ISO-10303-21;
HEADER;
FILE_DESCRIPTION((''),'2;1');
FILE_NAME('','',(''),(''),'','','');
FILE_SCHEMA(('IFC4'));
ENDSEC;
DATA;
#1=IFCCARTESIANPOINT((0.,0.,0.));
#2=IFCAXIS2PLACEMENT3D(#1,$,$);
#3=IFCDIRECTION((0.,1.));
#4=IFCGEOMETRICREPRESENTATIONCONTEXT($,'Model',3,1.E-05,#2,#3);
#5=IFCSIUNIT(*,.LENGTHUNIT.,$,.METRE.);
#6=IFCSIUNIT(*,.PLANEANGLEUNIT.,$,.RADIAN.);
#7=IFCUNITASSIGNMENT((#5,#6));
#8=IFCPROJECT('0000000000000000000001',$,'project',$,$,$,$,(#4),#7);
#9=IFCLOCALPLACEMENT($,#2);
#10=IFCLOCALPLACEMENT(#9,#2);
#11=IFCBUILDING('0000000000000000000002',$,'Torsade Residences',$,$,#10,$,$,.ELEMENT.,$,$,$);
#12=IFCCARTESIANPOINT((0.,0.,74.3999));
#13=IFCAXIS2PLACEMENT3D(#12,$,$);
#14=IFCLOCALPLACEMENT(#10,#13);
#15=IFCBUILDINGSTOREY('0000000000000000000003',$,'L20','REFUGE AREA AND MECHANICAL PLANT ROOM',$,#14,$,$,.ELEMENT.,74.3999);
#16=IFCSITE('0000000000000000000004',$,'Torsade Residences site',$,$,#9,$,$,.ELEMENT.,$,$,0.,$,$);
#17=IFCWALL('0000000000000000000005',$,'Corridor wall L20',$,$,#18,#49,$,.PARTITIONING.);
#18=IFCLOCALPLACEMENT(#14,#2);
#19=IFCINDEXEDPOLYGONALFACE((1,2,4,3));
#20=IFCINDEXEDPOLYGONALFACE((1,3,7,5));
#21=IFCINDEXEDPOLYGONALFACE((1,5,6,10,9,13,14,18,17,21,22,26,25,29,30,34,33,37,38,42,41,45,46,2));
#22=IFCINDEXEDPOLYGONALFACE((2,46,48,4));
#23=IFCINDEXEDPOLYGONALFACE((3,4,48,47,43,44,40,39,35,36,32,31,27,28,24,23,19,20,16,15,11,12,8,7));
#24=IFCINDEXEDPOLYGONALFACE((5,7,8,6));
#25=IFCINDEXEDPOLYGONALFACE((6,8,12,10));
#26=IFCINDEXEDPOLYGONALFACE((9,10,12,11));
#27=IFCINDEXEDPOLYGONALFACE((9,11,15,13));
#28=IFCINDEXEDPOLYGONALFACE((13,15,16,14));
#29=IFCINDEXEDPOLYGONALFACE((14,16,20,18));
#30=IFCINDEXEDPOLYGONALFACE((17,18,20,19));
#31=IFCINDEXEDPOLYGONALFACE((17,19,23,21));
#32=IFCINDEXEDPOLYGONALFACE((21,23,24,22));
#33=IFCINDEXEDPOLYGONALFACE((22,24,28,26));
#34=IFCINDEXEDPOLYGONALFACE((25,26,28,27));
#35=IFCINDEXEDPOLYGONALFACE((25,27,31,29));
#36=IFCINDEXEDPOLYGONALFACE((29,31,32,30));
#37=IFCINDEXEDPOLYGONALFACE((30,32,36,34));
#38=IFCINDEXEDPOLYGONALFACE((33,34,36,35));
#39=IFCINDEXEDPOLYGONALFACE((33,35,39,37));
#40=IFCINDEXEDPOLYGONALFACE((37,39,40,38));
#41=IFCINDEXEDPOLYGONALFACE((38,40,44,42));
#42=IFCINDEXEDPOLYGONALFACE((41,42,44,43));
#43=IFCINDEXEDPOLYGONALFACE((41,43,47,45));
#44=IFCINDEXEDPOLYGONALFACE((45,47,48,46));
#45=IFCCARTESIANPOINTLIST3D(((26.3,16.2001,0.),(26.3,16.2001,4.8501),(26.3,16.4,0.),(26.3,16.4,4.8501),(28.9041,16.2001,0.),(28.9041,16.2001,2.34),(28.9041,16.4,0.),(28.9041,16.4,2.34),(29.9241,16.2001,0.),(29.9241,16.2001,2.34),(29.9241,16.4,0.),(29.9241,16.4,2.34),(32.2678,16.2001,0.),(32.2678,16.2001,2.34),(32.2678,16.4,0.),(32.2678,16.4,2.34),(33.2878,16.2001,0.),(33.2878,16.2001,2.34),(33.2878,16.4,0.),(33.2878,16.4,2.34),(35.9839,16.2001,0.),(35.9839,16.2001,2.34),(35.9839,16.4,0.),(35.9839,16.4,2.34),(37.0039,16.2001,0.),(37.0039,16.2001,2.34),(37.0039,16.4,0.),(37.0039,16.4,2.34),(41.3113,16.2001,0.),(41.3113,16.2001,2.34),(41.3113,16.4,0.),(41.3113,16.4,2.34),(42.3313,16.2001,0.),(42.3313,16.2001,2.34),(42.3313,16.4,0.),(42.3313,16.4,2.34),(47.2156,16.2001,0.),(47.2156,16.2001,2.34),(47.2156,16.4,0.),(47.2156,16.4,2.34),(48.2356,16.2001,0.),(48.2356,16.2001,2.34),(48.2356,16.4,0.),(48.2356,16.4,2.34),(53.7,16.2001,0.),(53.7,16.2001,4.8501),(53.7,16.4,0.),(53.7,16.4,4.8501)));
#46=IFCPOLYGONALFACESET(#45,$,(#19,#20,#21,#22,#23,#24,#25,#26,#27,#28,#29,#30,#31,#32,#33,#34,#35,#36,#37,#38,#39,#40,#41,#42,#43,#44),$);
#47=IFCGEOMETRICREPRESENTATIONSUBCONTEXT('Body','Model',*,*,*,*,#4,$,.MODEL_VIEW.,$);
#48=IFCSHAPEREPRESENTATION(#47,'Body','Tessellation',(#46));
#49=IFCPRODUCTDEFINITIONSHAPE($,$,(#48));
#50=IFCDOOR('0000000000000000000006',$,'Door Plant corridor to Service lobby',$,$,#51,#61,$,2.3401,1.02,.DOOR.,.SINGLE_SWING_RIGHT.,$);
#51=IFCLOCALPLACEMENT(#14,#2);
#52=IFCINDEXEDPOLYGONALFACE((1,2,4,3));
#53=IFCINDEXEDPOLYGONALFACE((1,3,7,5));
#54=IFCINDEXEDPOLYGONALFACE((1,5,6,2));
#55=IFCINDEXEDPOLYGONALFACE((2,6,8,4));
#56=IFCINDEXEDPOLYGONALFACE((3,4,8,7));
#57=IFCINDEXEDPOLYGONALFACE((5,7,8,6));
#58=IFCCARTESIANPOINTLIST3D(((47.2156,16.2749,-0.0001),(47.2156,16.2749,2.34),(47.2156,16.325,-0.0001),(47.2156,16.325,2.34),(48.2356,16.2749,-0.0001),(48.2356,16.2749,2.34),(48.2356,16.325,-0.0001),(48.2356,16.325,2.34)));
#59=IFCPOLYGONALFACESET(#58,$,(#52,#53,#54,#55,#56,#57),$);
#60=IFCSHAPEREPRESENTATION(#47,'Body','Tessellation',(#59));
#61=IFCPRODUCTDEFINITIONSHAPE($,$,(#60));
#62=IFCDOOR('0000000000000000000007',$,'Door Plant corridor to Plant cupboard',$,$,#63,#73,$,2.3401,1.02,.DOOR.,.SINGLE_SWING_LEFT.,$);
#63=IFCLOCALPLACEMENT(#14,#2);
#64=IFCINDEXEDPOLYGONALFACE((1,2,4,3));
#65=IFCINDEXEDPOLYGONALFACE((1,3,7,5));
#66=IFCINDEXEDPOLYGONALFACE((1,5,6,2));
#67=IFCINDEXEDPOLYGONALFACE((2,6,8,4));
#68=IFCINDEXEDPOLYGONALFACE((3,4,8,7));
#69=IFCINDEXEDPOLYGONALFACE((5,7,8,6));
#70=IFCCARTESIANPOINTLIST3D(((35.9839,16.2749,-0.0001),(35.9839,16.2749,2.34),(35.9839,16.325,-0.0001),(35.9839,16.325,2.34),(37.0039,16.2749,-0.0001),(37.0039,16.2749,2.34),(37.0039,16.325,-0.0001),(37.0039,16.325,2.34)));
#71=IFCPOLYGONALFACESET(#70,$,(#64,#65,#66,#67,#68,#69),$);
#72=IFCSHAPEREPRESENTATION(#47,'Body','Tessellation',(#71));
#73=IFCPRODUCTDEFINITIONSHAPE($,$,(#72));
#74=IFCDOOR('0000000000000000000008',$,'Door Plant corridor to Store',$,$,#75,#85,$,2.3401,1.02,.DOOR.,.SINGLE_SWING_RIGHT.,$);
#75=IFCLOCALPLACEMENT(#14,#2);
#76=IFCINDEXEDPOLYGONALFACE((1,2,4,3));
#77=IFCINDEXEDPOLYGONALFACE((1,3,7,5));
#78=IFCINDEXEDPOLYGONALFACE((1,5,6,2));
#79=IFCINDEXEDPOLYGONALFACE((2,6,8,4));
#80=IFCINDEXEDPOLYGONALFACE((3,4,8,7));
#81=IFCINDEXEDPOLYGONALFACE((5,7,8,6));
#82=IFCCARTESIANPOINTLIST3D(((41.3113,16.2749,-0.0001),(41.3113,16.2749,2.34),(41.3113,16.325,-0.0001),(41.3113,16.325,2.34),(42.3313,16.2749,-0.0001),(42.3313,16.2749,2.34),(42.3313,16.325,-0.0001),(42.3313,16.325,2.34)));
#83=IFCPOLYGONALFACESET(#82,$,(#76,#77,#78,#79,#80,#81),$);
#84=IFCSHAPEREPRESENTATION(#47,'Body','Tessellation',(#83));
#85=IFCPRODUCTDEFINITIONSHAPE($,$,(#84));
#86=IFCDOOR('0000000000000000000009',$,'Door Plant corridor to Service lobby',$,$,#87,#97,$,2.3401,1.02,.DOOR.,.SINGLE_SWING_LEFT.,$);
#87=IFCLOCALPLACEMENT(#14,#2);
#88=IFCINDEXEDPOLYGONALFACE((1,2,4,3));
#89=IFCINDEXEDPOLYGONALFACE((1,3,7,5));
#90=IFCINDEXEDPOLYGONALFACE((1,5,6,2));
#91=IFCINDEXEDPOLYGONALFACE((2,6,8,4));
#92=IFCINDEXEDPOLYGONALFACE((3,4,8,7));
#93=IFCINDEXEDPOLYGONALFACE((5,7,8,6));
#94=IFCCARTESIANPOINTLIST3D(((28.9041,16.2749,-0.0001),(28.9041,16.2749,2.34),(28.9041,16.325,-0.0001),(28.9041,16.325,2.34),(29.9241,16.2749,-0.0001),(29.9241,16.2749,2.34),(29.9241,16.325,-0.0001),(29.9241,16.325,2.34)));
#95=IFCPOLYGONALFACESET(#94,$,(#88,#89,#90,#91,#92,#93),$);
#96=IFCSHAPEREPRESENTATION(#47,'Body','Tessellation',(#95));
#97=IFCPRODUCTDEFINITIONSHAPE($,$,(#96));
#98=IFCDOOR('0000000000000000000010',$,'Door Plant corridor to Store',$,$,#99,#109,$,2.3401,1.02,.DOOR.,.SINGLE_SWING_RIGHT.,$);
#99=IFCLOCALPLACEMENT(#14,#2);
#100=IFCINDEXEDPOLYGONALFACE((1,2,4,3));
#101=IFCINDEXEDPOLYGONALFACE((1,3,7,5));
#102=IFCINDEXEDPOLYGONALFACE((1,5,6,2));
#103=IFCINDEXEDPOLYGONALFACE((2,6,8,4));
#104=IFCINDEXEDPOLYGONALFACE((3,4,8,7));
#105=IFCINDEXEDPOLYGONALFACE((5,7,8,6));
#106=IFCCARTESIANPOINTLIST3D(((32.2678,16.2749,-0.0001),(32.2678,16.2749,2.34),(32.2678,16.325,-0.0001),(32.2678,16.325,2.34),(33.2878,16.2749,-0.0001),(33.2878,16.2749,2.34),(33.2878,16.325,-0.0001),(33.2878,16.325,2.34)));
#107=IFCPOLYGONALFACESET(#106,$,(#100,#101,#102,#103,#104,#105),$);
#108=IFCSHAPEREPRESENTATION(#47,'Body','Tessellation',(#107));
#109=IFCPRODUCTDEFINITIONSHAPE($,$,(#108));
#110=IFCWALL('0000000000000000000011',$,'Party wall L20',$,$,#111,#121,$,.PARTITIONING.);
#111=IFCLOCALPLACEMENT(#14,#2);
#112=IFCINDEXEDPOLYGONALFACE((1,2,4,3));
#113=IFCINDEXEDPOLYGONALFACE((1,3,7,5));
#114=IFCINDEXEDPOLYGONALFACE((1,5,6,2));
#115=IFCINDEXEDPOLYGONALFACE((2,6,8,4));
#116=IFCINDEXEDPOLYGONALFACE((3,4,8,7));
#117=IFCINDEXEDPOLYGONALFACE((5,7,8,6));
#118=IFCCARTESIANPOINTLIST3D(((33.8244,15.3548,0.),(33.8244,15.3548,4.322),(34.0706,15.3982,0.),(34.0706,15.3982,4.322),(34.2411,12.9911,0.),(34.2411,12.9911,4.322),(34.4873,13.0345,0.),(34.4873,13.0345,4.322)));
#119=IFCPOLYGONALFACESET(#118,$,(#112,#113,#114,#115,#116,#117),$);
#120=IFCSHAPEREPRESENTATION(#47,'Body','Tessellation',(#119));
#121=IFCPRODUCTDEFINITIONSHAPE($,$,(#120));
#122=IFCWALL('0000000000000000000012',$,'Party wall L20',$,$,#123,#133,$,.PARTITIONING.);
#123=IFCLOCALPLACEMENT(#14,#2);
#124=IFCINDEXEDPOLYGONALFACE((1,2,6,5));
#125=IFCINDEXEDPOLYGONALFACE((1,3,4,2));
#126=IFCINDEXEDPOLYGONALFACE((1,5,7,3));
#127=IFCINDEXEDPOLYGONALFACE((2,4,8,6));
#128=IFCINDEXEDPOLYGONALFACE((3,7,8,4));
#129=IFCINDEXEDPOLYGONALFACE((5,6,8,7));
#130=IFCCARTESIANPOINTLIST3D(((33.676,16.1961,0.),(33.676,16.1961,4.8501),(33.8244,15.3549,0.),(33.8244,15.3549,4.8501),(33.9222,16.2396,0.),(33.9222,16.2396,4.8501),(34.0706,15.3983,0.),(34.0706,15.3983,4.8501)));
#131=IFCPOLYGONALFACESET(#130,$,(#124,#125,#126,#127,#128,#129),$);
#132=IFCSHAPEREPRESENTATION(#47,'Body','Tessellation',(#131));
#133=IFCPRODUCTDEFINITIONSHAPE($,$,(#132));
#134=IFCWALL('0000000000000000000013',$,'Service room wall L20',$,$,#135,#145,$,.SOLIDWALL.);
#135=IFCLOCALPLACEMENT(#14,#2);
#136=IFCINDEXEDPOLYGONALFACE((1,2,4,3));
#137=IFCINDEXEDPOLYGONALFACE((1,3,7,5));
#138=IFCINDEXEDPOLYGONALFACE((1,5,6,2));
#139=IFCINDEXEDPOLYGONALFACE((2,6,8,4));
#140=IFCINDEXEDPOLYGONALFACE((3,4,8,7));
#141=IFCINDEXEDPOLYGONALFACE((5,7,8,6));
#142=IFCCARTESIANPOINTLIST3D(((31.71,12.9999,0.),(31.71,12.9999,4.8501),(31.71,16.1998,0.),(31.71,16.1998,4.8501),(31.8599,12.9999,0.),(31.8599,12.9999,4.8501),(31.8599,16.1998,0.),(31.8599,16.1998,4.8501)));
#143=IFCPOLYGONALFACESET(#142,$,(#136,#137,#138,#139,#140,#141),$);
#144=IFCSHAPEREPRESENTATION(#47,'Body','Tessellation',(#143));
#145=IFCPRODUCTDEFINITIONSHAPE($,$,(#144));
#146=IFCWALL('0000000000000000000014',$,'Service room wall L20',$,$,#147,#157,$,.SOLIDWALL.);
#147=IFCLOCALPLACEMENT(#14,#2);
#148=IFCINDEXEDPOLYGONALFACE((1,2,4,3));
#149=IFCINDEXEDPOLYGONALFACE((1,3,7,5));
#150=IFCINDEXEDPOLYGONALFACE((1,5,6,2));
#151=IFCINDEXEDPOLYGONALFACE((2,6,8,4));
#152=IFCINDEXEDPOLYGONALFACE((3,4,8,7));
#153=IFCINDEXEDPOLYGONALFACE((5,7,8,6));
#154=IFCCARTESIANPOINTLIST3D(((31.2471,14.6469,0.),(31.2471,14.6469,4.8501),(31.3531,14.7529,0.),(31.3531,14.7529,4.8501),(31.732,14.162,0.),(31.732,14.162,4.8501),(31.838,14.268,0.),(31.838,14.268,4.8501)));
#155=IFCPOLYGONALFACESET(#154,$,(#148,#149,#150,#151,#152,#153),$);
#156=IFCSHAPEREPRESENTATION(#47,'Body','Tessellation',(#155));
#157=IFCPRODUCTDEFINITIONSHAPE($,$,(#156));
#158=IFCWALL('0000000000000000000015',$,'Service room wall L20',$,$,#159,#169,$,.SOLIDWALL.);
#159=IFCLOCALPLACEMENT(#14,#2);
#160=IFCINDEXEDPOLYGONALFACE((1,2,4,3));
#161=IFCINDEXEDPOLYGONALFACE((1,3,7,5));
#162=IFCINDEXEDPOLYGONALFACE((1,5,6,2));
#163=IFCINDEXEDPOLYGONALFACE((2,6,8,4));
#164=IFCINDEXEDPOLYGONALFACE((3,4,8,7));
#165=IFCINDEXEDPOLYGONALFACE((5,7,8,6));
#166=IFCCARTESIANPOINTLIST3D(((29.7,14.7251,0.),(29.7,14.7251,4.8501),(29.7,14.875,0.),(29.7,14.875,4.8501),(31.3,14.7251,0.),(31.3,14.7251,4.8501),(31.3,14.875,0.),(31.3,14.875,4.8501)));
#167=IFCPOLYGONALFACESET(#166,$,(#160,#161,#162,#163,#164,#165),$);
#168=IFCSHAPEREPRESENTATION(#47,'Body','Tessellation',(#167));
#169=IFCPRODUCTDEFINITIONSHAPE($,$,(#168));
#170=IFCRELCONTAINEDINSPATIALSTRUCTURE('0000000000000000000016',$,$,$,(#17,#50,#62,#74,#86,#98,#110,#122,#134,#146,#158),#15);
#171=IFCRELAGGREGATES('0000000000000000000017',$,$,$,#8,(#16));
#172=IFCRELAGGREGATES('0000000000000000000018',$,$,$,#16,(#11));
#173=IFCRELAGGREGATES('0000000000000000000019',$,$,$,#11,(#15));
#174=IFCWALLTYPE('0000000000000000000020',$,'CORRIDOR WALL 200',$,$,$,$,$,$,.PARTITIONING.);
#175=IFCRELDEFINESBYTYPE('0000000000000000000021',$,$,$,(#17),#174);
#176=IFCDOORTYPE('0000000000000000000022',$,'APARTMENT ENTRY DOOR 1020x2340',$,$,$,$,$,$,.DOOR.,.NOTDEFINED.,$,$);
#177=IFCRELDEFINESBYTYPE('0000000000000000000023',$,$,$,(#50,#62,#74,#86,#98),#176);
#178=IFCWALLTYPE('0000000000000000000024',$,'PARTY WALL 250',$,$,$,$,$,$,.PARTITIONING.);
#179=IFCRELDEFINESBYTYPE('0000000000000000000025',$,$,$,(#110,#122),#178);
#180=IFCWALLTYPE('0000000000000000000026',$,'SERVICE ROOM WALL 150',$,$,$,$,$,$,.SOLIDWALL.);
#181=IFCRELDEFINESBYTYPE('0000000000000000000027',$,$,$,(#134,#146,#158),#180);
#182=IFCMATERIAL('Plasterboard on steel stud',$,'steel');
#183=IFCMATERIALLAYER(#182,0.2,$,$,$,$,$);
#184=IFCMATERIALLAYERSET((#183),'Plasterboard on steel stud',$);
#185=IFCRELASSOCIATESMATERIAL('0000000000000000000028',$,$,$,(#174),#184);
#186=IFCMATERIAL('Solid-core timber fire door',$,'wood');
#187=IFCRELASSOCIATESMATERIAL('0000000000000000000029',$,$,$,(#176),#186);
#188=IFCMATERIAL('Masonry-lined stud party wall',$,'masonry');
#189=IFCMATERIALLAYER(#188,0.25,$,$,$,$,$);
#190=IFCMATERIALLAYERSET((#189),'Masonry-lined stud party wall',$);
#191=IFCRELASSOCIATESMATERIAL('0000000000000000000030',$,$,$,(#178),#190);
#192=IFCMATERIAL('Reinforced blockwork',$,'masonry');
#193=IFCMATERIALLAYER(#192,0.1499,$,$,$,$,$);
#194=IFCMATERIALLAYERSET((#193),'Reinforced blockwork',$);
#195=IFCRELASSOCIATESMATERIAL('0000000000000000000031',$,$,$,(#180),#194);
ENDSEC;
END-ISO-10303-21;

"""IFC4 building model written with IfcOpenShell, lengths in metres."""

from ifc_helpers import new_model, si_unit, direction, frame, frame_2d, origin, place, context, subcontext, project, spatial, rectangle, extrude, material, layer, layer_set, type_object, element, fill, save


model = new_model("IFC4")

# Units and contexts
model_context = context("Model", 3, precision=1e-05, world=origin(), true_north=direction((0.0, 1.0)))
body_context = subcontext(model_context, "Body", "Model", "MODEL_VIEW")
ifc_project = project(units=[si_unit("LENGTHUNIT", "METRE"), si_unit("PLANEANGLEUNIT", "RADIAN")], contexts=[model_context])

# Site, building, storey
site_placement = place(None, origin())
site = spatial("IfcSite", under=ifc_project, at=site_placement, Name="Torsade Residences site", CompositionType="ELEMENT", RefElevation=0.0)
building_placement = place(site_placement, origin())
building = spatial("IfcBuilding", under=site, at=building_placement, Name="Torsade Residences", CompositionType="ELEMENT")
storey_placement = place(building_placement, frame((0.0, 0.0, 74.3999)))
storey = spatial("IfcBuildingStorey", under=building, at=storey_placement, Name="L20", Description="REFUGE AREA AND MECHANICAL PLANT ROOM", CompositionType="ELEMENT", Elevation=74.3999)

# Wall, openings, doors
ifc_material_1 = material(Name="Plasterboard on steel stud", Category="steel")
ifc_layer_1 = layer(ifc_material_1, 0.2)
ifc_layer_set_1 = layer_set([ifc_layer_1], Name="Plasterboard on steel stud")
wall_type_1 = type_object("IfcWallType", Name="CORRIDOR WALL 200", PredefinedType="PARTITIONING", material=ifc_layer_set_1)
wall_1_placement = place(storey_placement, frame((26.3, 16.3, 0.0), z_axis=(0.0, 0.0, 1.0), x_axis=(1.0, 0.0, 0.0)))
wall_1 = element("IfcWall", 1, at=wall_1_placement, inside=storey, type_object=wall_type_1, Name="Corridor wall L20", PredefinedType="PARTITIONING", context=body_context, shape_type="SweptSolid", body=[
    extrude(rectangle(XDim=27.3999, YDim=0.2, at=frame_2d((13.7, 0.0))), origin(), (0.0, 0.0, 1.0), 4.8501),
])
opening_1_placement = place(wall_1_placement, frame((20.9155, 0.0, 0.0)))
opening_1 = element("IfcOpeningElement", 2, at=opening_1_placement, cuts=wall_1, PredefinedType="OPENING", context=body_context, shape_type="SweptSolid", body=[
    extrude(rectangle(XDim=1.02, YDim=2.3401, at=frame_2d((0.51, 1.1699))), frame((0.0, 0.1099, 0.0), z_axis=(0.0, -1.0, 0.0), x_axis=(1.0, 0.0, 0.0)), (0.0, 0.0, 1.0), 0.22),
])
opening_2_placement = place(wall_1_placement, frame((9.6838, 0.0, 0.0)))
opening_2 = element("IfcOpeningElement", 3, at=opening_2_placement, cuts=wall_1, PredefinedType="OPENING", context=body_context, shape_type="SweptSolid", body=[
    extrude(rectangle(XDim=1.02, YDim=2.3401, at=frame_2d((0.51, 1.1699))), frame((0.0, 0.1099, 0.0), z_axis=(0.0, -1.0, 0.0), x_axis=(1.0, 0.0, 0.0)), (0.0, 0.0, 1.0), 0.22),
])
opening_3_placement = place(wall_1_placement, frame((15.0112, 0.0, 0.0)))
opening_3 = element("IfcOpeningElement", 4, at=opening_3_placement, cuts=wall_1, PredefinedType="OPENING", context=body_context, shape_type="SweptSolid", body=[
    extrude(rectangle(XDim=1.02, YDim=2.3401, at=frame_2d((0.51, 1.1699))), frame((0.0, 0.1099, 0.0), z_axis=(0.0, -1.0, 0.0), x_axis=(1.0, 0.0, 0.0)), (0.0, 0.0, 1.0), 0.22),
])
opening_4_placement = place(wall_1_placement, frame((2.604, 0.0, 0.0)))
opening_4 = element("IfcOpeningElement", 5, at=opening_4_placement, cuts=wall_1, PredefinedType="OPENING", context=body_context, shape_type="SweptSolid", body=[
    extrude(rectangle(XDim=1.02, YDim=2.3401, at=frame_2d((0.51, 1.1699))), frame((0.0, 0.1099, 0.0), z_axis=(0.0, -1.0, 0.0), x_axis=(1.0, 0.0, 0.0)), (0.0, 0.0, 1.0), 0.22),
])
opening_5_placement = place(wall_1_placement, frame((5.9678, 0.0, 0.0)))
opening_5 = element("IfcOpeningElement", 6, at=opening_5_placement, cuts=wall_1, PredefinedType="OPENING", context=body_context, shape_type="SweptSolid", body=[
    extrude(rectangle(XDim=1.02, YDim=2.3401, at=frame_2d((0.51, 1.1699))), frame((0.0, 0.1099, 0.0), z_axis=(0.0, -1.0, 0.0), x_axis=(1.0, 0.0, 0.0)), (0.0, 0.0, 1.0), 0.22),
])
ifc_material_2 = material(Name="Solid-core timber fire door", Category="wood")
door_type = type_object("IfcDoorType", Name="APARTMENT ENTRY DOOR 1020x2340", OperationType="NOTDEFINED", PredefinedType="DOOR", material=ifc_material_2)
door_1_placement = place(opening_1_placement, origin())
door_1 = element("IfcDoor", 7, at=door_1_placement, inside=storey, type_object=door_type, Name="Door Plant corridor to Service lobby", OperationType="SINGLE_SWING_RIGHT", OverallHeight=2.3401, OverallWidth=1.02, PredefinedType="DOOR", context=body_context, shape_type="SweptSolid", body=[
    extrude(rectangle(XDim=1.02, YDim=2.3401, at=frame_2d((0.51, 1.1699))), frame((0.0, 0.0249, 0.0), z_axis=(0.0, -1.0, 0.0), x_axis=(1.0, 0.0, 0.0)), (0.0, 0.0, 1.0), 0.05),
])
fill(opening_1, door_1)
door_2_placement = place(opening_2_placement, origin())
door_2 = element("IfcDoor", 8, at=door_2_placement, inside=storey, type_object=door_type, Name="Door Plant corridor to Plant cupboard", OperationType="SINGLE_SWING_LEFT", OverallHeight=2.3401, OverallWidth=1.02, PredefinedType="DOOR", context=body_context, shape_type="SweptSolid", body=[
    extrude(rectangle(XDim=1.02, YDim=2.3401, at=frame_2d((0.51, 1.1699))), frame((0.0, 0.0249, 0.0), z_axis=(0.0, -1.0, 0.0), x_axis=(1.0, 0.0, 0.0)), (0.0, 0.0, 1.0), 0.05),
])
fill(opening_2, door_2)
door_3_placement = place(opening_3_placement, origin())
door_3 = element("IfcDoor", 9, at=door_3_placement, inside=storey, type_object=door_type, Name="Door Plant corridor to Store", OperationType="SINGLE_SWING_RIGHT", OverallHeight=2.3401, OverallWidth=1.02, PredefinedType="DOOR", context=body_context, shape_type="SweptSolid", body=[
    extrude(rectangle(XDim=1.02, YDim=2.3401, at=frame_2d((0.51, 1.1699))), frame((0.0, 0.0249, 0.0), z_axis=(0.0, -1.0, 0.0), x_axis=(1.0, 0.0, 0.0)), (0.0, 0.0, 1.0), 0.05),
])
fill(opening_3, door_3)
door_4_placement = place(opening_4_placement, origin())
door_4 = element("IfcDoor", 10, at=door_4_placement, inside=storey, type_object=door_type, Name="Door Plant corridor to Service lobby", OperationType="SINGLE_SWING_LEFT", OverallHeight=2.3401, OverallWidth=1.02, PredefinedType="DOOR", context=body_context, shape_type="SweptSolid", body=[
    extrude(rectangle(XDim=1.02, YDim=2.3401, at=frame_2d((0.51, 1.1699))), frame((0.0, 0.0249, 0.0), z_axis=(0.0, -1.0, 0.0), x_axis=(1.0, 0.0, 0.0)), (0.0, 0.0, 1.0), 0.05),
])
fill(opening_4, door_4)
door_5_placement = place(opening_5_placement, origin())
door_5 = element("IfcDoor", 11, at=door_5_placement, inside=storey, type_object=door_type, Name="Door Plant corridor to Store", OperationType="SINGLE_SWING_RIGHT", OverallHeight=2.3401, OverallWidth=1.02, PredefinedType="DOOR", context=body_context, shape_type="SweptSolid", body=[
    extrude(rectangle(XDim=1.02, YDim=2.3401, at=frame_2d((0.51, 1.1699))), frame((0.0, 0.0249, 0.0), z_axis=(0.0, -1.0, 0.0), x_axis=(1.0, 0.0, 0.0)), (0.0, 0.0, 1.0), 0.05),
])
fill(opening_5, door_5)

# Walls
ifc_material_3 = material(Name="Masonry-lined stud party wall", Category="masonry")
ifc_layer_2 = layer(ifc_material_3, 0.25)
ifc_layer_set_2 = layer_set([ifc_layer_2], Name="Masonry-lined stud party wall")
wall_type_2 = type_object("IfcWallType", Name="PARTY WALL 250", PredefinedType="PARTITIONING", material=ifc_layer_set_2)
wall_2_placement = place(storey_placement, frame((34.3643, 13.0127, 0.0), z_axis=(0.0, 0.0, 1.0), x_axis=(-0.173629, 0.984811, 0.0)))
element("IfcWall", 12, at=wall_2_placement, inside=storey, type_object=wall_type_2, Name="Party wall L20", PredefinedType="PARTITIONING", context=body_context, shape_type="SweptSolid", body=[
    extrude(rectangle(XDim=2.4001, YDim=0.25, at=frame_2d((1.2002, 0.0))), origin(), (0.0, 0.0, 1.0), 4.322),
])
wall_3_placement = place(storey_placement, frame((33.9475, 15.3765, 0.0), z_axis=(0.0, 0.0, 1.0), x_axis=(-0.173753, 0.984789, 0.0)))
element("IfcWall", 13, at=wall_3_placement, inside=storey, type_object=wall_type_2, Name="Party wall L20", PredefinedType="PARTITIONING", context=body_context, shape_type="SweptSolid", body=[
    extrude(rectangle(XDim=0.8542, YDim=0.25, at=frame_2d((0.4272, 0.0))), origin(), (0.0, 0.0, 1.0), 4.8501),
])
ifc_material_4 = material(Name="Reinforced blockwork", Category="masonry")
ifc_layer_3 = layer(ifc_material_4, 0.1499)
ifc_layer_set_3 = layer_set([ifc_layer_3], Name="Reinforced blockwork")
wall_type_3 = type_object("IfcWallType", Name="SERVICE ROOM WALL 150", PredefinedType="SOLIDWALL", material=ifc_layer_set_3)
wall_4_placement = place(storey_placement, frame((31.7849, 16.2, 0.0), z_axis=(0.0, 0.0, 1.0), x_axis=(0.0, -1.0, 0.0)))
element("IfcWall", 14, at=wall_4_placement, inside=storey, type_object=wall_type_3, Name="Service room wall L20", PredefinedType="SOLIDWALL", context=body_context, shape_type="SweptSolid", body=[
    extrude(rectangle(XDim=3.2, YDim=0.1499, at=frame_2d((1.6001, 0.0))), origin(), (0.0, 0.0, 1.0), 4.8501),
])
wall_5_placement = place(storey_placement, frame((31.7849, 14.2151, 0.0), z_axis=(0.0, 0.0, 1.0), x_axis=(-0.707107, 0.707107, 0.0)))
element("IfcWall", 15, at=wall_5_placement, inside=storey, type_object=wall_type_3, Name="Service room wall L20", PredefinedType="SOLIDWALL", context=body_context, shape_type="SweptSolid", body=[
    extrude(rectangle(XDim=0.6858, YDim=0.1499, at=frame_2d((0.3428, 0.0))), origin(), (0.0, 0.0, 1.0), 4.8501),
])
wall_6_placement = place(storey_placement, frame((31.3, 14.8, 0.0), z_axis=(0.0, 0.0, 1.0), x_axis=(-1.0, 0.0, 0.0)))
element("IfcWall", 16, at=wall_6_placement, inside=storey, type_object=wall_type_3, Name="Service room wall L20", PredefinedType="SOLIDWALL", context=body_context, shape_type="SweptSolid", body=[
    extrude(rectangle(XDim=1.6001, YDim=0.1499, at=frame_2d((0.8, 0.0))), origin(), (0.0, 0.0, 1.0), 4.8501),
])

save(model, "model.ifc")
